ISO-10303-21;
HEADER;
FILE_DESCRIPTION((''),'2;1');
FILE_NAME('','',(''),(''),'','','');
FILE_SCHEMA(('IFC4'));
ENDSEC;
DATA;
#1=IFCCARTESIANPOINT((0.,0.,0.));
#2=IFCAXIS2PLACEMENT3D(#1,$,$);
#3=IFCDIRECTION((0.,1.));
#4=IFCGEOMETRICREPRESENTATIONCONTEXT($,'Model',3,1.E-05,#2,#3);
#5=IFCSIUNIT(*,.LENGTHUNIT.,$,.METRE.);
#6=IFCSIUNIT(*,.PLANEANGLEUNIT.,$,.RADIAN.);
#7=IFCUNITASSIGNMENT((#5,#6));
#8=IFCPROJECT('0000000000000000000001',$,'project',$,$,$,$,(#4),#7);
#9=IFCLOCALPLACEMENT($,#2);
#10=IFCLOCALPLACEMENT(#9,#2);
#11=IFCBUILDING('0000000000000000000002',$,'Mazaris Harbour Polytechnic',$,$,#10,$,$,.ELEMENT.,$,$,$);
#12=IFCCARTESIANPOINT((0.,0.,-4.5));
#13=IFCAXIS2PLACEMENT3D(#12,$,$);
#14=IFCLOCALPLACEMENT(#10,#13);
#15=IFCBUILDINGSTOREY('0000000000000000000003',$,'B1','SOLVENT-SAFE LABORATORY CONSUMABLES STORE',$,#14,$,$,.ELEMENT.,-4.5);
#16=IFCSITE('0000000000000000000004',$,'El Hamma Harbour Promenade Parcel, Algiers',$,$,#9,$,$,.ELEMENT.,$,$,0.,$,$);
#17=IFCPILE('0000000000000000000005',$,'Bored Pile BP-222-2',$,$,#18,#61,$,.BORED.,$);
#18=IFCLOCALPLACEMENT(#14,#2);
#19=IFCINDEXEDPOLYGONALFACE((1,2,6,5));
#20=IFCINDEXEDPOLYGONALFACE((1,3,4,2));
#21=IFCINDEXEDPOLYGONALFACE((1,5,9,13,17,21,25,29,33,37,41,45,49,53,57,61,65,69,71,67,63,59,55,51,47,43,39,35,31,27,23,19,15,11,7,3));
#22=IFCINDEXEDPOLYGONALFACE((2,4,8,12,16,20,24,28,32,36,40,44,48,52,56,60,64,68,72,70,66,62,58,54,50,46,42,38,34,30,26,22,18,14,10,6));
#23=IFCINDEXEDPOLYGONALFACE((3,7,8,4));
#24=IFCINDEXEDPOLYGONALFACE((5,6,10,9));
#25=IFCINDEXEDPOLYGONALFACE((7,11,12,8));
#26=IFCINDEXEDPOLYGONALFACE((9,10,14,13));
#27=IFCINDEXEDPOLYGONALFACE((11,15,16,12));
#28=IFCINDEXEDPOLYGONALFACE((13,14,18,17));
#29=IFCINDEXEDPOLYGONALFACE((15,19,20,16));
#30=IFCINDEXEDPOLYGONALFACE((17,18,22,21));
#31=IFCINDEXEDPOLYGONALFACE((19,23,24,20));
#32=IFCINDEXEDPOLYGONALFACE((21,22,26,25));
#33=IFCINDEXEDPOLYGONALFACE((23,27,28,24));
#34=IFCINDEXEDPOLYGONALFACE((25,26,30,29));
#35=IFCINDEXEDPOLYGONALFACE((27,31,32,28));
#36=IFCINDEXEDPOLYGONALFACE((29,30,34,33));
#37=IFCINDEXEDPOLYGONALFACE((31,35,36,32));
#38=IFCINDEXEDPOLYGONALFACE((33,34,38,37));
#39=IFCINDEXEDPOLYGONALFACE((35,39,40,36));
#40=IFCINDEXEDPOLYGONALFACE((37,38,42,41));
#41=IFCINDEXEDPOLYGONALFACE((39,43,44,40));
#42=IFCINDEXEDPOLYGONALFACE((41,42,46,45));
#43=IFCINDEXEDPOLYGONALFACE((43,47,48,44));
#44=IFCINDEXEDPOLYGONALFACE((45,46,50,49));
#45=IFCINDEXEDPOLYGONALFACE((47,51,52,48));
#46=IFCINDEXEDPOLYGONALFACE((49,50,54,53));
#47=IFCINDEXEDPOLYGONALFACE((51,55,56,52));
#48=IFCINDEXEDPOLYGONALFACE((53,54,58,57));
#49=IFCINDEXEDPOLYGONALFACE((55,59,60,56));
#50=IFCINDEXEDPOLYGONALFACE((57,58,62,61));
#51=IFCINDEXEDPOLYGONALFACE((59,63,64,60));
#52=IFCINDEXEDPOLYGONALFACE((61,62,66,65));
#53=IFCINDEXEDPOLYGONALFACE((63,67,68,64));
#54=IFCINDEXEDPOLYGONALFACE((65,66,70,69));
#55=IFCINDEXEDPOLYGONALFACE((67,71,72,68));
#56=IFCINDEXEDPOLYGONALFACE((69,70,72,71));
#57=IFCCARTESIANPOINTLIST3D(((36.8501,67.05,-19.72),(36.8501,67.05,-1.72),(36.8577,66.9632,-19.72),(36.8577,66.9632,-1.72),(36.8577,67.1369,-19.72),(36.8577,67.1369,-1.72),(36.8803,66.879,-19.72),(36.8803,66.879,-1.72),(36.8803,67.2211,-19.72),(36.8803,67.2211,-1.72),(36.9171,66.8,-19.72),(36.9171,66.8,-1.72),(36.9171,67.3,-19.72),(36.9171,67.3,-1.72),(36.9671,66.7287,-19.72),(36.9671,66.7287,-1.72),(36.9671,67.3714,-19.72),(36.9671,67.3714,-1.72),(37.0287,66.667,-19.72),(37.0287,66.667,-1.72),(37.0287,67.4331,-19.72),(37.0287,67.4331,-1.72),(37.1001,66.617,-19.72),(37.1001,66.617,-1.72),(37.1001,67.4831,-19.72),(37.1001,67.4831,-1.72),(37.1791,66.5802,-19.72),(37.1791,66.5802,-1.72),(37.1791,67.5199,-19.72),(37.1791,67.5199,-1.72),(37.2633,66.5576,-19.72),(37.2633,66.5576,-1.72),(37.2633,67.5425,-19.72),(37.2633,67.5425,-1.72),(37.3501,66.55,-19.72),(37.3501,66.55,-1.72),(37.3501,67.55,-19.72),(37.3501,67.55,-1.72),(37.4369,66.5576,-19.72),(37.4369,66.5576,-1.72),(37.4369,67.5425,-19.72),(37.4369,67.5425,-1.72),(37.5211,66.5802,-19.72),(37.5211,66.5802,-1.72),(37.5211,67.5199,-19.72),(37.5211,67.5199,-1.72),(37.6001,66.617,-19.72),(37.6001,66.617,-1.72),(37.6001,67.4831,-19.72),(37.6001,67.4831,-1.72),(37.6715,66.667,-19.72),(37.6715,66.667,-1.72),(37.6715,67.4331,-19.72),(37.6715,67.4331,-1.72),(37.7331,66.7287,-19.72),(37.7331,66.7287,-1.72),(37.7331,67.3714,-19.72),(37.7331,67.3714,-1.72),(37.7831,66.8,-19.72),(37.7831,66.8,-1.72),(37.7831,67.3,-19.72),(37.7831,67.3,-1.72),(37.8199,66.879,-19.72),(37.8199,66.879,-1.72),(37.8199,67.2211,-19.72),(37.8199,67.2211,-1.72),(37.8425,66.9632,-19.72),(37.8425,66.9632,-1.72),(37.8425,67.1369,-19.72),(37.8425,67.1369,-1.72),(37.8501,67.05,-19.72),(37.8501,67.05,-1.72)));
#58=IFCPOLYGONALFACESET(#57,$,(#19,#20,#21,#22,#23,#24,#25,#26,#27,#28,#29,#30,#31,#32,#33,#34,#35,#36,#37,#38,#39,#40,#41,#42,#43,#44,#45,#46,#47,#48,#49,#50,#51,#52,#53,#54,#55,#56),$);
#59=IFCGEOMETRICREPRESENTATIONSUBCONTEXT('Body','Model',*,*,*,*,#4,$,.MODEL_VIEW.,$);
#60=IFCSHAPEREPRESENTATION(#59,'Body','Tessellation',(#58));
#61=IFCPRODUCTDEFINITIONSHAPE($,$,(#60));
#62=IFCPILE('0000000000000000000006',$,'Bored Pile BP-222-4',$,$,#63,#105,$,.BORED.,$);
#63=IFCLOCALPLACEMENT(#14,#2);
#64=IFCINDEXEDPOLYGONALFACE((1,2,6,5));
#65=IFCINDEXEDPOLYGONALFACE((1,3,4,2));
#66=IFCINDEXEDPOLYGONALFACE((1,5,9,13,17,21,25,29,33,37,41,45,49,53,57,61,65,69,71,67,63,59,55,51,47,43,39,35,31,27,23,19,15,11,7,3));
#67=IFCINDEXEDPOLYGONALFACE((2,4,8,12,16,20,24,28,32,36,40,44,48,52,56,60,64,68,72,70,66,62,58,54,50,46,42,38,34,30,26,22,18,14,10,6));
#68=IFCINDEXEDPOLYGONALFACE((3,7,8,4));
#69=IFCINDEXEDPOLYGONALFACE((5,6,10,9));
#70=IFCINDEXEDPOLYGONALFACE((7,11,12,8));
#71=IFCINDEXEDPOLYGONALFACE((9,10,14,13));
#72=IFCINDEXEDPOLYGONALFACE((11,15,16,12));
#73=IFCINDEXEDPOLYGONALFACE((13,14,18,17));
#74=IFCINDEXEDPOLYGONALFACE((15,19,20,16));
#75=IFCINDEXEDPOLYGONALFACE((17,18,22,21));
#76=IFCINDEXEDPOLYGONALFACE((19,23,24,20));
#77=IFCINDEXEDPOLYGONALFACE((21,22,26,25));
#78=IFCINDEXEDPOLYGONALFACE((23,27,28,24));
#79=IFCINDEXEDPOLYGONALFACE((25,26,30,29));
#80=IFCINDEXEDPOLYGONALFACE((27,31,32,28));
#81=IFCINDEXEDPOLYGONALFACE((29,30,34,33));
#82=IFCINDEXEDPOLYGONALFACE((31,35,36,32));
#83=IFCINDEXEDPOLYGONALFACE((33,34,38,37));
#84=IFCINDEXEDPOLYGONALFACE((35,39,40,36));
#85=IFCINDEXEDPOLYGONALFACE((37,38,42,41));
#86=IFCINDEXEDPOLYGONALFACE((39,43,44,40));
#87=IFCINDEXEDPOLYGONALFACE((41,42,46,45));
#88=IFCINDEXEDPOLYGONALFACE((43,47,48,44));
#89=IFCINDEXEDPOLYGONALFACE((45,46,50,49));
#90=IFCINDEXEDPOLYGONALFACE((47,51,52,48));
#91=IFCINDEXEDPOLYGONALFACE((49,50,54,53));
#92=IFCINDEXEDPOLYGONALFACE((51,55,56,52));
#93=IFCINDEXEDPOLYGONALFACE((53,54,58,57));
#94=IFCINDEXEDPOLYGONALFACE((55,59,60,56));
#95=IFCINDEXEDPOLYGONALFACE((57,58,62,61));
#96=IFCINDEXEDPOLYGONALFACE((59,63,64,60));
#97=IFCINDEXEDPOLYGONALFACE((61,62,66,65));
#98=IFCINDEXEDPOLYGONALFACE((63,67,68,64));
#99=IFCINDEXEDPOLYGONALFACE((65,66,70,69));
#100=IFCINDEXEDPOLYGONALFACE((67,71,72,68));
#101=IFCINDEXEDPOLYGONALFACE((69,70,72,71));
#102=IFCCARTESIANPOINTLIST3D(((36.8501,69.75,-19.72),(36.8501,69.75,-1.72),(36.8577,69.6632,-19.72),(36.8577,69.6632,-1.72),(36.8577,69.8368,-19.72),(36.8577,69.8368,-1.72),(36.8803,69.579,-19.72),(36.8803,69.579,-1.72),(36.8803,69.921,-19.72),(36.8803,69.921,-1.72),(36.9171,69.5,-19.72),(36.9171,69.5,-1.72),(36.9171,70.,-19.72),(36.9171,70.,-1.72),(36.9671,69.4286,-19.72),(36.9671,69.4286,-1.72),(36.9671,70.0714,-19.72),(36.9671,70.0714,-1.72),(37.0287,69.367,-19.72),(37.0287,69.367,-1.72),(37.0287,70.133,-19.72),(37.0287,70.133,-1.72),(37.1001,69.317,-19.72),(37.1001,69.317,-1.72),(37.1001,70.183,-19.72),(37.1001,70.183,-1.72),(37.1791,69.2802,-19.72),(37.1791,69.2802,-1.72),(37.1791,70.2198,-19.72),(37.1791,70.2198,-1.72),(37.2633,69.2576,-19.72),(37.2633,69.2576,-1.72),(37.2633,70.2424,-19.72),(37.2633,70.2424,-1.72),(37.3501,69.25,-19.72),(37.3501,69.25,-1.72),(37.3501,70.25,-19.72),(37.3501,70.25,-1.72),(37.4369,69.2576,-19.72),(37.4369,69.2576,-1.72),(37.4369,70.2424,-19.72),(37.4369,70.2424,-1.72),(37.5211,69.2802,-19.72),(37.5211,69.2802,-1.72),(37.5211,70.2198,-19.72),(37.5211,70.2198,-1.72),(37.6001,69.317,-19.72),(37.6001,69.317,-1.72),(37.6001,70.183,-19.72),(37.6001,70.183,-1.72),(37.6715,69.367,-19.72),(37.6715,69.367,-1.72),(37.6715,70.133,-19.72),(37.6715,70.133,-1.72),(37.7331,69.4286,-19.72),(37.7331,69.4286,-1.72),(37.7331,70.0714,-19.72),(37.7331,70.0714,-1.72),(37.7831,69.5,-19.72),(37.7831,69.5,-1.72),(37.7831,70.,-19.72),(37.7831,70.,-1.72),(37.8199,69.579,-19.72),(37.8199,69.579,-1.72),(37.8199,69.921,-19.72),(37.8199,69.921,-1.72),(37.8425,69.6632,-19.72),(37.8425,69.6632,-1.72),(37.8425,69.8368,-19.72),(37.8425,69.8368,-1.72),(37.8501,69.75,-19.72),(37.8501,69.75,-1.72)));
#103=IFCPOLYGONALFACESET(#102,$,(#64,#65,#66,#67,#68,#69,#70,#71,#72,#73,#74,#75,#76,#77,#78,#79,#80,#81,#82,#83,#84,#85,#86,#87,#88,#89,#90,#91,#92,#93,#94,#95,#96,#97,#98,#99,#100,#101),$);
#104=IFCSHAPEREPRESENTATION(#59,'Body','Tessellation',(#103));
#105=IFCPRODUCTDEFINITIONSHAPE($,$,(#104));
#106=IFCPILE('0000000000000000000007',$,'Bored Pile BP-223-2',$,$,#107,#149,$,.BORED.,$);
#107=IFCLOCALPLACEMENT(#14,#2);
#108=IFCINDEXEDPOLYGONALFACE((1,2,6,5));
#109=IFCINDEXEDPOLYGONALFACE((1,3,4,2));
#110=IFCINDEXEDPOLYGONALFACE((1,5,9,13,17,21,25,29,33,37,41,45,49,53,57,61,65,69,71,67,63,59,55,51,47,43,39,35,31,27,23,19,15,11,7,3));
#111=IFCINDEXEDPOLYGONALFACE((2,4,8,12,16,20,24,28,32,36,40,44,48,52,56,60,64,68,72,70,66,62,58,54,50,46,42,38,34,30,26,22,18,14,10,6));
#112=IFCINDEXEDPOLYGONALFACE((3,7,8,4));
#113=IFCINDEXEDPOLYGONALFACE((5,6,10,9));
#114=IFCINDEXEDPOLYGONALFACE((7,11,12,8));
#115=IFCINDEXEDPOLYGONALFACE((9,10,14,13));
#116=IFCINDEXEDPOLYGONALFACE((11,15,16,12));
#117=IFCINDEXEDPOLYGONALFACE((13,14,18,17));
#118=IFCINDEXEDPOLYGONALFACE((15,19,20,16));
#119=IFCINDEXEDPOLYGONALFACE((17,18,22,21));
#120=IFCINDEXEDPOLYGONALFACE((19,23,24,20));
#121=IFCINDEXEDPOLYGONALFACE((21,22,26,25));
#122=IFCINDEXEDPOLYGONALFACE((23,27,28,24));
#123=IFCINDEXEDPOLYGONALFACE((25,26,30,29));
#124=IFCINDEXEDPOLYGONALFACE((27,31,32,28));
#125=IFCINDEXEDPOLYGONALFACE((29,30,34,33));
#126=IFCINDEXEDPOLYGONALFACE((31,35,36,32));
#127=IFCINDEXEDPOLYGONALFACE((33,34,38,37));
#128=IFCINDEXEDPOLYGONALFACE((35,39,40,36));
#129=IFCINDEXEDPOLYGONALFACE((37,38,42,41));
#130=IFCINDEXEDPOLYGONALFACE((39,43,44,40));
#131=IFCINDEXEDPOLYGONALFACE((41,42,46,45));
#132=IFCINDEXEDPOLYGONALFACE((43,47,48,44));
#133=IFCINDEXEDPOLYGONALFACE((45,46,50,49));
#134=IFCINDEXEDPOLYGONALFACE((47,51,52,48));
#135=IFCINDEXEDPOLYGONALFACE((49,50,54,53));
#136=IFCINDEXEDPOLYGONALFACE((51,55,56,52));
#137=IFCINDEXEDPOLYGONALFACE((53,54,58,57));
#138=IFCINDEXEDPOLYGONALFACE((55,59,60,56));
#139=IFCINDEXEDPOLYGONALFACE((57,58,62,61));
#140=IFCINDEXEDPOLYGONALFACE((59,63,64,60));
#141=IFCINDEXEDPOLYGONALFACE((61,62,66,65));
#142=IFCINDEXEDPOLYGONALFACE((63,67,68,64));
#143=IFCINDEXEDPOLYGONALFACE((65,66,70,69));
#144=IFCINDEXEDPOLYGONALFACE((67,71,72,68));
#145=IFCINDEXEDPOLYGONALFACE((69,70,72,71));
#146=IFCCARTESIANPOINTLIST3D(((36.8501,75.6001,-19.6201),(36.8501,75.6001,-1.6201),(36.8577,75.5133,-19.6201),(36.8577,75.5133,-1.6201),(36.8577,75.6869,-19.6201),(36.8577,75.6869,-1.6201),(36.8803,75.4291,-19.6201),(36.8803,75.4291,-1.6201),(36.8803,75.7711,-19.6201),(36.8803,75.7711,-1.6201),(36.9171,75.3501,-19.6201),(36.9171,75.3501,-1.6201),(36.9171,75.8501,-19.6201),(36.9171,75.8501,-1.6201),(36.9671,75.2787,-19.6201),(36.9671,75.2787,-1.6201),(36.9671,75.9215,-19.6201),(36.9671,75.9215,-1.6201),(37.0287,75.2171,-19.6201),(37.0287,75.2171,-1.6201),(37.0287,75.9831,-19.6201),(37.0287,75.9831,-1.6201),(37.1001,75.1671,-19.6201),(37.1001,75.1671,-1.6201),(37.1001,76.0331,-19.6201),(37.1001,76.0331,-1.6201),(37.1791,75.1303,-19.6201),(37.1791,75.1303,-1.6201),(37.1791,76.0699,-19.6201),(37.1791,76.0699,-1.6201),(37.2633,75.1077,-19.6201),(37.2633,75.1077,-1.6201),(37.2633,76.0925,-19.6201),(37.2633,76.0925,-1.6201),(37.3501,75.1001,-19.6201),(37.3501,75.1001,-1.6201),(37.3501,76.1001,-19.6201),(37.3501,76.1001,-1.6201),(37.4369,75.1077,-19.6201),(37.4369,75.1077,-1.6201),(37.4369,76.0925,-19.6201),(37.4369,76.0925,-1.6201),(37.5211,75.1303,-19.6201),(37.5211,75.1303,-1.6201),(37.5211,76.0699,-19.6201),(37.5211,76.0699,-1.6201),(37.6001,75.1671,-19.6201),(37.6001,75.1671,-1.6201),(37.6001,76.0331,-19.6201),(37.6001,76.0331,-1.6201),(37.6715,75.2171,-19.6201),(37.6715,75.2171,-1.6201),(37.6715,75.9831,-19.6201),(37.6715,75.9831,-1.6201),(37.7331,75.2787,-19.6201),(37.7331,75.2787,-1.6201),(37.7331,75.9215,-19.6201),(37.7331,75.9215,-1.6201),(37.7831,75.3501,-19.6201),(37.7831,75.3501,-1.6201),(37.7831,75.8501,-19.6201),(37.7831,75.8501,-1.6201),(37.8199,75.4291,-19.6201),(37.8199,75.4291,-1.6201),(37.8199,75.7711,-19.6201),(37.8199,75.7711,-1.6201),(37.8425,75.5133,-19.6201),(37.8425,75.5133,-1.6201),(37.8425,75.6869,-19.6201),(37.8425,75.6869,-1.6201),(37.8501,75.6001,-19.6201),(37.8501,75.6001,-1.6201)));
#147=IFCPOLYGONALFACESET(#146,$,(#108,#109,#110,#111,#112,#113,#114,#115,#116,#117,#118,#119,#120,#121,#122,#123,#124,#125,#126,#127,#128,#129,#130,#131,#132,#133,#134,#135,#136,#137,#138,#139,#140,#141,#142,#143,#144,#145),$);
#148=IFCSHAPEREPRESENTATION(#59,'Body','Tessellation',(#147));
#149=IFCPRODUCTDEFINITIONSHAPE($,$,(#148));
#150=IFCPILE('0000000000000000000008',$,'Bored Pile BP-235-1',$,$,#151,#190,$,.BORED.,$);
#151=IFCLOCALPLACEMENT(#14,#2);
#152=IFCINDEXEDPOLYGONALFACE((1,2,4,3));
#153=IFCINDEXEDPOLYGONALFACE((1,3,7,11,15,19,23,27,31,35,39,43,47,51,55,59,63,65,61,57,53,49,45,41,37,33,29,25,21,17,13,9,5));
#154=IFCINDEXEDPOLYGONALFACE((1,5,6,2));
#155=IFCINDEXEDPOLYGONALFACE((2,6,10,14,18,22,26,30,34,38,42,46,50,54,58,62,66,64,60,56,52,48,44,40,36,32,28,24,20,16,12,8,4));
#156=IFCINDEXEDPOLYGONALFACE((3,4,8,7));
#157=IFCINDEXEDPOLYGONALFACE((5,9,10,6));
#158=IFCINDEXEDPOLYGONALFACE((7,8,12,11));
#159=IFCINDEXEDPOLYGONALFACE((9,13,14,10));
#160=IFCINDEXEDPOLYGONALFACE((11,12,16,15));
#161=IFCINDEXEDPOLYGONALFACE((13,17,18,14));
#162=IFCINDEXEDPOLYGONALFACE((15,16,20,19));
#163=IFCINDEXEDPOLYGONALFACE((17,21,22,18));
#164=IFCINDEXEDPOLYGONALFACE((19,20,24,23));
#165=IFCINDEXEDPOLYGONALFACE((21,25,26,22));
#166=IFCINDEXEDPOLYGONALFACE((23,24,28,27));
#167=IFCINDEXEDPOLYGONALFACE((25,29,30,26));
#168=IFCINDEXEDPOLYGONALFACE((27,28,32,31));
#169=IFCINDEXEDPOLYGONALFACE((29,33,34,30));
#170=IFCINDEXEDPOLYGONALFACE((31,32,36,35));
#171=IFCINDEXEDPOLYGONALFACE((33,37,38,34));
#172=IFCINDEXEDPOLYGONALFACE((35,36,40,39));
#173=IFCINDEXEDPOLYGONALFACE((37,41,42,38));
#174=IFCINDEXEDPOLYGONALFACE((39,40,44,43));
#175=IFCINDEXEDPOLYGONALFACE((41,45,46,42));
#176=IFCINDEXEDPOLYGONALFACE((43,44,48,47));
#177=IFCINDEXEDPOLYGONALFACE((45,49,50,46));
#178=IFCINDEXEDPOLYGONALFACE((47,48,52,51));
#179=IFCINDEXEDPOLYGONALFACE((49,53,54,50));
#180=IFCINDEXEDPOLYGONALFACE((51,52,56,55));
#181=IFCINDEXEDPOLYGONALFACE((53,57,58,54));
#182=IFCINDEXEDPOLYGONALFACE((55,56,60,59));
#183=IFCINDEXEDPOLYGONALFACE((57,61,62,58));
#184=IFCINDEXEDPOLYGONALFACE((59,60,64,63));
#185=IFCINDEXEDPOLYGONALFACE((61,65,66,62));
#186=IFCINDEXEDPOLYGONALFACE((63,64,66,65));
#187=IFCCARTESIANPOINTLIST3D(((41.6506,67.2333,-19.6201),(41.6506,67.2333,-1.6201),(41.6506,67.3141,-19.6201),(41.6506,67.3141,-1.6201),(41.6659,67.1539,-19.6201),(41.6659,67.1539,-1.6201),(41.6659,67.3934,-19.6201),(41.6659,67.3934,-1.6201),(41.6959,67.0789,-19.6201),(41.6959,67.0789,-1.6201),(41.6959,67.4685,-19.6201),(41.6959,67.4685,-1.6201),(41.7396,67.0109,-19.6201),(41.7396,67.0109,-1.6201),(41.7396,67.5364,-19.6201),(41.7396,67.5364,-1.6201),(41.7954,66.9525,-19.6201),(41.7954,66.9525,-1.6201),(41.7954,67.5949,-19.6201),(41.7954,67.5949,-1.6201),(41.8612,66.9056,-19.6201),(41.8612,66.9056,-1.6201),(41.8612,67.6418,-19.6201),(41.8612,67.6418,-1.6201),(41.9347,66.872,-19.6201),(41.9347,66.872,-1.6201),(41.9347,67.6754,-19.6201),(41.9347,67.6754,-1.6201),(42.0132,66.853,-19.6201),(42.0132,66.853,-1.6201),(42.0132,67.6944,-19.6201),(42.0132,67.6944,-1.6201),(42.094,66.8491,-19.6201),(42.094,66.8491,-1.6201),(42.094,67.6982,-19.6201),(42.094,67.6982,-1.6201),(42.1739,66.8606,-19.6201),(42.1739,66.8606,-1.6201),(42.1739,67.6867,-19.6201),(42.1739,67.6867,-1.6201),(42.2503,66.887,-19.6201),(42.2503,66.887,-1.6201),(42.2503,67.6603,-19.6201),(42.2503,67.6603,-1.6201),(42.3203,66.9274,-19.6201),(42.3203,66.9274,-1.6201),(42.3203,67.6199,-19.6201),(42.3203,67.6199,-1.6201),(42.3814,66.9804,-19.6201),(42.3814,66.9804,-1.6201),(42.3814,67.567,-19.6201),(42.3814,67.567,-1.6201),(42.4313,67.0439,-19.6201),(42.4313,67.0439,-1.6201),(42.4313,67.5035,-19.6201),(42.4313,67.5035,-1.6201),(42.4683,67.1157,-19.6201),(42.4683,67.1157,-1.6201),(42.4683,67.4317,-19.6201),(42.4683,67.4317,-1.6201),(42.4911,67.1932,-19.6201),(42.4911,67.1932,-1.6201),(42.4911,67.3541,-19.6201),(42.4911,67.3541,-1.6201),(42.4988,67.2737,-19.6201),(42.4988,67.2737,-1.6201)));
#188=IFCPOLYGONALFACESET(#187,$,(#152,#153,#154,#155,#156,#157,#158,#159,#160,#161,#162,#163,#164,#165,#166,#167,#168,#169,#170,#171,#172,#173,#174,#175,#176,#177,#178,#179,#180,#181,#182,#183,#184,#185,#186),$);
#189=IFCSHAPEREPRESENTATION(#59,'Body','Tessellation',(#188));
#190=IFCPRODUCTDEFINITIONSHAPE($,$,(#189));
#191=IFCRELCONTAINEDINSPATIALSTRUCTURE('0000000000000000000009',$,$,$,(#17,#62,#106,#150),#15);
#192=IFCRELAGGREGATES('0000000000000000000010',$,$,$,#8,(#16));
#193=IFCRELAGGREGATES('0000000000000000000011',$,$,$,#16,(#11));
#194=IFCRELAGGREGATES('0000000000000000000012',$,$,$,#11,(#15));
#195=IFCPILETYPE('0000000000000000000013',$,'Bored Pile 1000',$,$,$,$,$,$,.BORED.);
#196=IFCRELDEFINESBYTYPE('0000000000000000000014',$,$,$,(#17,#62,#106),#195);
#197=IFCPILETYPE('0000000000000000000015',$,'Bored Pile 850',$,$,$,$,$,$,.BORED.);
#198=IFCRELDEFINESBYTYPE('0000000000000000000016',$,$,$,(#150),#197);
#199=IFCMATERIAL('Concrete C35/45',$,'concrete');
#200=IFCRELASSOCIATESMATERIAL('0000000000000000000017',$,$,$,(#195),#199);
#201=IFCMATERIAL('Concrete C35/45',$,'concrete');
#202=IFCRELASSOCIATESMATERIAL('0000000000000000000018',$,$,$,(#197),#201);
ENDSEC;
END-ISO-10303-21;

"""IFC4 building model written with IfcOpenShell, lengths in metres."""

from ifc_helpers import new_model, si_unit, direction, frame, origin, origin_2d, place, context, subcontext, project, spatial, circle, extrude, material, material_profile, profile_set, type_object, element, save


model = new_model("IFC4")

# Units and contexts
model_context = context("Model", 3, precision=1e-05, world=origin(), true_north=direction((0.0, 1.0)))
body_context = subcontext(model_context, "Body", "Model", "MODEL_VIEW")
ifc_project = project(units=[si_unit("LENGTHUNIT", "METRE"), si_unit("PLANEANGLEUNIT", "RADIAN")], contexts=[model_context])

# Site, building, storey
site_placement = place(None, origin())
site = spatial("IfcSite", under=ifc_project, at=site_placement, Name="El Hamma Harbour Promenade Parcel, Algiers", CompositionType="ELEMENT", RefElevation=0.0)
building_placement = place(site_placement, origin())
building = spatial("IfcBuilding", under=site, at=building_placement, Name="Mazaris Harbour Polytechnic", CompositionType="ELEMENT")
storey_placement = place(building_placement, frame((0.0, 0.0, -4.5)))
storey = spatial("IfcBuildingStorey", under=building, at=storey_placement, Name="B1", Description="SOLVENT-SAFE LABORATORY CONSUMABLES STORE", CompositionType="ELEMENT", Elevation=-4.5)

# Piles
ifc_material_1 = material(Name="Concrete C35/45", Category="concrete")
ifc_material_profile_1 = material_profile(ifc_material_1, circle(Radius=0.5, at=origin_2d()), Name="DIA1000")
ifc_profile_set_1 = profile_set([ifc_material_profile_1], Name="Concrete C35/45")
pile_type_1 = type_object("IfcPileType", Name="Bored Pile 1000", PredefinedType="BORED", material=ifc_profile_set_1)
for number, where, z_axis, x_axis, name in (
    (1, (37.3501, 67.05, -1.72), (0.0, 0.0, -1.0), (1.0, 0.0, 0.0), "Bored Pile BP-222-2"),
    (2, (37.3501, 69.75, -1.72), (0.0, 0.0, -1.0), (1.0, 0.0, 0.0), "Bored Pile BP-222-4"),
    (3, (37.3501, 75.6001, -1.6201), (0.0, 0.0, -1.0), (1.0, 0.0, 0.0), "Bored Pile BP-223-2"),
):
    element("IfcPile", number, at=place(storey_placement, frame(where, z_axis=z_axis, x_axis=x_axis)), inside=storey, type_object=pile_type_1, Name=name, PredefinedType="BORED", context=body_context, shape_type="SweptSolid", body=[
        extrude(circle(Radius=0.5, at=origin_2d()), origin(), (0.0, 0.0, 1.0), 18.0),
    ])
ifc_material_2 = material(Name="Concrete C35/45", Category="concrete")
ifc_material_profile_2 = material_profile(ifc_material_2, circle(Radius=0.425, at=origin_2d()), Name="DIA850")
ifc_profile_set_2 = profile_set([ifc_material_profile_2], Name="Concrete C35/45")
pile_type_2 = type_object("IfcPileType", Name="Bored Pile 850", PredefinedType="BORED", material=ifc_profile_set_2)
for number, where, z_axis, x_axis, name in (
    (4, (42.0737, 67.2737, -1.6201), (0.0, 0.0, -1.0), (1.0, 0.0, 0.0), "Bored Pile BP-235-1"),
):
    element("IfcPile", number, at=place(storey_placement, frame(where, z_axis=z_axis, x_axis=x_axis)), inside=storey, type_object=pile_type_2, Name=name, PredefinedType="BORED", context=body_context, shape_type="SweptSolid", body=[
        extrude(circle(Radius=0.425, at=origin_2d()), origin(), (0.0, 0.0, 1.0), 18.0),
    ])

save(model, "model.ifc")
